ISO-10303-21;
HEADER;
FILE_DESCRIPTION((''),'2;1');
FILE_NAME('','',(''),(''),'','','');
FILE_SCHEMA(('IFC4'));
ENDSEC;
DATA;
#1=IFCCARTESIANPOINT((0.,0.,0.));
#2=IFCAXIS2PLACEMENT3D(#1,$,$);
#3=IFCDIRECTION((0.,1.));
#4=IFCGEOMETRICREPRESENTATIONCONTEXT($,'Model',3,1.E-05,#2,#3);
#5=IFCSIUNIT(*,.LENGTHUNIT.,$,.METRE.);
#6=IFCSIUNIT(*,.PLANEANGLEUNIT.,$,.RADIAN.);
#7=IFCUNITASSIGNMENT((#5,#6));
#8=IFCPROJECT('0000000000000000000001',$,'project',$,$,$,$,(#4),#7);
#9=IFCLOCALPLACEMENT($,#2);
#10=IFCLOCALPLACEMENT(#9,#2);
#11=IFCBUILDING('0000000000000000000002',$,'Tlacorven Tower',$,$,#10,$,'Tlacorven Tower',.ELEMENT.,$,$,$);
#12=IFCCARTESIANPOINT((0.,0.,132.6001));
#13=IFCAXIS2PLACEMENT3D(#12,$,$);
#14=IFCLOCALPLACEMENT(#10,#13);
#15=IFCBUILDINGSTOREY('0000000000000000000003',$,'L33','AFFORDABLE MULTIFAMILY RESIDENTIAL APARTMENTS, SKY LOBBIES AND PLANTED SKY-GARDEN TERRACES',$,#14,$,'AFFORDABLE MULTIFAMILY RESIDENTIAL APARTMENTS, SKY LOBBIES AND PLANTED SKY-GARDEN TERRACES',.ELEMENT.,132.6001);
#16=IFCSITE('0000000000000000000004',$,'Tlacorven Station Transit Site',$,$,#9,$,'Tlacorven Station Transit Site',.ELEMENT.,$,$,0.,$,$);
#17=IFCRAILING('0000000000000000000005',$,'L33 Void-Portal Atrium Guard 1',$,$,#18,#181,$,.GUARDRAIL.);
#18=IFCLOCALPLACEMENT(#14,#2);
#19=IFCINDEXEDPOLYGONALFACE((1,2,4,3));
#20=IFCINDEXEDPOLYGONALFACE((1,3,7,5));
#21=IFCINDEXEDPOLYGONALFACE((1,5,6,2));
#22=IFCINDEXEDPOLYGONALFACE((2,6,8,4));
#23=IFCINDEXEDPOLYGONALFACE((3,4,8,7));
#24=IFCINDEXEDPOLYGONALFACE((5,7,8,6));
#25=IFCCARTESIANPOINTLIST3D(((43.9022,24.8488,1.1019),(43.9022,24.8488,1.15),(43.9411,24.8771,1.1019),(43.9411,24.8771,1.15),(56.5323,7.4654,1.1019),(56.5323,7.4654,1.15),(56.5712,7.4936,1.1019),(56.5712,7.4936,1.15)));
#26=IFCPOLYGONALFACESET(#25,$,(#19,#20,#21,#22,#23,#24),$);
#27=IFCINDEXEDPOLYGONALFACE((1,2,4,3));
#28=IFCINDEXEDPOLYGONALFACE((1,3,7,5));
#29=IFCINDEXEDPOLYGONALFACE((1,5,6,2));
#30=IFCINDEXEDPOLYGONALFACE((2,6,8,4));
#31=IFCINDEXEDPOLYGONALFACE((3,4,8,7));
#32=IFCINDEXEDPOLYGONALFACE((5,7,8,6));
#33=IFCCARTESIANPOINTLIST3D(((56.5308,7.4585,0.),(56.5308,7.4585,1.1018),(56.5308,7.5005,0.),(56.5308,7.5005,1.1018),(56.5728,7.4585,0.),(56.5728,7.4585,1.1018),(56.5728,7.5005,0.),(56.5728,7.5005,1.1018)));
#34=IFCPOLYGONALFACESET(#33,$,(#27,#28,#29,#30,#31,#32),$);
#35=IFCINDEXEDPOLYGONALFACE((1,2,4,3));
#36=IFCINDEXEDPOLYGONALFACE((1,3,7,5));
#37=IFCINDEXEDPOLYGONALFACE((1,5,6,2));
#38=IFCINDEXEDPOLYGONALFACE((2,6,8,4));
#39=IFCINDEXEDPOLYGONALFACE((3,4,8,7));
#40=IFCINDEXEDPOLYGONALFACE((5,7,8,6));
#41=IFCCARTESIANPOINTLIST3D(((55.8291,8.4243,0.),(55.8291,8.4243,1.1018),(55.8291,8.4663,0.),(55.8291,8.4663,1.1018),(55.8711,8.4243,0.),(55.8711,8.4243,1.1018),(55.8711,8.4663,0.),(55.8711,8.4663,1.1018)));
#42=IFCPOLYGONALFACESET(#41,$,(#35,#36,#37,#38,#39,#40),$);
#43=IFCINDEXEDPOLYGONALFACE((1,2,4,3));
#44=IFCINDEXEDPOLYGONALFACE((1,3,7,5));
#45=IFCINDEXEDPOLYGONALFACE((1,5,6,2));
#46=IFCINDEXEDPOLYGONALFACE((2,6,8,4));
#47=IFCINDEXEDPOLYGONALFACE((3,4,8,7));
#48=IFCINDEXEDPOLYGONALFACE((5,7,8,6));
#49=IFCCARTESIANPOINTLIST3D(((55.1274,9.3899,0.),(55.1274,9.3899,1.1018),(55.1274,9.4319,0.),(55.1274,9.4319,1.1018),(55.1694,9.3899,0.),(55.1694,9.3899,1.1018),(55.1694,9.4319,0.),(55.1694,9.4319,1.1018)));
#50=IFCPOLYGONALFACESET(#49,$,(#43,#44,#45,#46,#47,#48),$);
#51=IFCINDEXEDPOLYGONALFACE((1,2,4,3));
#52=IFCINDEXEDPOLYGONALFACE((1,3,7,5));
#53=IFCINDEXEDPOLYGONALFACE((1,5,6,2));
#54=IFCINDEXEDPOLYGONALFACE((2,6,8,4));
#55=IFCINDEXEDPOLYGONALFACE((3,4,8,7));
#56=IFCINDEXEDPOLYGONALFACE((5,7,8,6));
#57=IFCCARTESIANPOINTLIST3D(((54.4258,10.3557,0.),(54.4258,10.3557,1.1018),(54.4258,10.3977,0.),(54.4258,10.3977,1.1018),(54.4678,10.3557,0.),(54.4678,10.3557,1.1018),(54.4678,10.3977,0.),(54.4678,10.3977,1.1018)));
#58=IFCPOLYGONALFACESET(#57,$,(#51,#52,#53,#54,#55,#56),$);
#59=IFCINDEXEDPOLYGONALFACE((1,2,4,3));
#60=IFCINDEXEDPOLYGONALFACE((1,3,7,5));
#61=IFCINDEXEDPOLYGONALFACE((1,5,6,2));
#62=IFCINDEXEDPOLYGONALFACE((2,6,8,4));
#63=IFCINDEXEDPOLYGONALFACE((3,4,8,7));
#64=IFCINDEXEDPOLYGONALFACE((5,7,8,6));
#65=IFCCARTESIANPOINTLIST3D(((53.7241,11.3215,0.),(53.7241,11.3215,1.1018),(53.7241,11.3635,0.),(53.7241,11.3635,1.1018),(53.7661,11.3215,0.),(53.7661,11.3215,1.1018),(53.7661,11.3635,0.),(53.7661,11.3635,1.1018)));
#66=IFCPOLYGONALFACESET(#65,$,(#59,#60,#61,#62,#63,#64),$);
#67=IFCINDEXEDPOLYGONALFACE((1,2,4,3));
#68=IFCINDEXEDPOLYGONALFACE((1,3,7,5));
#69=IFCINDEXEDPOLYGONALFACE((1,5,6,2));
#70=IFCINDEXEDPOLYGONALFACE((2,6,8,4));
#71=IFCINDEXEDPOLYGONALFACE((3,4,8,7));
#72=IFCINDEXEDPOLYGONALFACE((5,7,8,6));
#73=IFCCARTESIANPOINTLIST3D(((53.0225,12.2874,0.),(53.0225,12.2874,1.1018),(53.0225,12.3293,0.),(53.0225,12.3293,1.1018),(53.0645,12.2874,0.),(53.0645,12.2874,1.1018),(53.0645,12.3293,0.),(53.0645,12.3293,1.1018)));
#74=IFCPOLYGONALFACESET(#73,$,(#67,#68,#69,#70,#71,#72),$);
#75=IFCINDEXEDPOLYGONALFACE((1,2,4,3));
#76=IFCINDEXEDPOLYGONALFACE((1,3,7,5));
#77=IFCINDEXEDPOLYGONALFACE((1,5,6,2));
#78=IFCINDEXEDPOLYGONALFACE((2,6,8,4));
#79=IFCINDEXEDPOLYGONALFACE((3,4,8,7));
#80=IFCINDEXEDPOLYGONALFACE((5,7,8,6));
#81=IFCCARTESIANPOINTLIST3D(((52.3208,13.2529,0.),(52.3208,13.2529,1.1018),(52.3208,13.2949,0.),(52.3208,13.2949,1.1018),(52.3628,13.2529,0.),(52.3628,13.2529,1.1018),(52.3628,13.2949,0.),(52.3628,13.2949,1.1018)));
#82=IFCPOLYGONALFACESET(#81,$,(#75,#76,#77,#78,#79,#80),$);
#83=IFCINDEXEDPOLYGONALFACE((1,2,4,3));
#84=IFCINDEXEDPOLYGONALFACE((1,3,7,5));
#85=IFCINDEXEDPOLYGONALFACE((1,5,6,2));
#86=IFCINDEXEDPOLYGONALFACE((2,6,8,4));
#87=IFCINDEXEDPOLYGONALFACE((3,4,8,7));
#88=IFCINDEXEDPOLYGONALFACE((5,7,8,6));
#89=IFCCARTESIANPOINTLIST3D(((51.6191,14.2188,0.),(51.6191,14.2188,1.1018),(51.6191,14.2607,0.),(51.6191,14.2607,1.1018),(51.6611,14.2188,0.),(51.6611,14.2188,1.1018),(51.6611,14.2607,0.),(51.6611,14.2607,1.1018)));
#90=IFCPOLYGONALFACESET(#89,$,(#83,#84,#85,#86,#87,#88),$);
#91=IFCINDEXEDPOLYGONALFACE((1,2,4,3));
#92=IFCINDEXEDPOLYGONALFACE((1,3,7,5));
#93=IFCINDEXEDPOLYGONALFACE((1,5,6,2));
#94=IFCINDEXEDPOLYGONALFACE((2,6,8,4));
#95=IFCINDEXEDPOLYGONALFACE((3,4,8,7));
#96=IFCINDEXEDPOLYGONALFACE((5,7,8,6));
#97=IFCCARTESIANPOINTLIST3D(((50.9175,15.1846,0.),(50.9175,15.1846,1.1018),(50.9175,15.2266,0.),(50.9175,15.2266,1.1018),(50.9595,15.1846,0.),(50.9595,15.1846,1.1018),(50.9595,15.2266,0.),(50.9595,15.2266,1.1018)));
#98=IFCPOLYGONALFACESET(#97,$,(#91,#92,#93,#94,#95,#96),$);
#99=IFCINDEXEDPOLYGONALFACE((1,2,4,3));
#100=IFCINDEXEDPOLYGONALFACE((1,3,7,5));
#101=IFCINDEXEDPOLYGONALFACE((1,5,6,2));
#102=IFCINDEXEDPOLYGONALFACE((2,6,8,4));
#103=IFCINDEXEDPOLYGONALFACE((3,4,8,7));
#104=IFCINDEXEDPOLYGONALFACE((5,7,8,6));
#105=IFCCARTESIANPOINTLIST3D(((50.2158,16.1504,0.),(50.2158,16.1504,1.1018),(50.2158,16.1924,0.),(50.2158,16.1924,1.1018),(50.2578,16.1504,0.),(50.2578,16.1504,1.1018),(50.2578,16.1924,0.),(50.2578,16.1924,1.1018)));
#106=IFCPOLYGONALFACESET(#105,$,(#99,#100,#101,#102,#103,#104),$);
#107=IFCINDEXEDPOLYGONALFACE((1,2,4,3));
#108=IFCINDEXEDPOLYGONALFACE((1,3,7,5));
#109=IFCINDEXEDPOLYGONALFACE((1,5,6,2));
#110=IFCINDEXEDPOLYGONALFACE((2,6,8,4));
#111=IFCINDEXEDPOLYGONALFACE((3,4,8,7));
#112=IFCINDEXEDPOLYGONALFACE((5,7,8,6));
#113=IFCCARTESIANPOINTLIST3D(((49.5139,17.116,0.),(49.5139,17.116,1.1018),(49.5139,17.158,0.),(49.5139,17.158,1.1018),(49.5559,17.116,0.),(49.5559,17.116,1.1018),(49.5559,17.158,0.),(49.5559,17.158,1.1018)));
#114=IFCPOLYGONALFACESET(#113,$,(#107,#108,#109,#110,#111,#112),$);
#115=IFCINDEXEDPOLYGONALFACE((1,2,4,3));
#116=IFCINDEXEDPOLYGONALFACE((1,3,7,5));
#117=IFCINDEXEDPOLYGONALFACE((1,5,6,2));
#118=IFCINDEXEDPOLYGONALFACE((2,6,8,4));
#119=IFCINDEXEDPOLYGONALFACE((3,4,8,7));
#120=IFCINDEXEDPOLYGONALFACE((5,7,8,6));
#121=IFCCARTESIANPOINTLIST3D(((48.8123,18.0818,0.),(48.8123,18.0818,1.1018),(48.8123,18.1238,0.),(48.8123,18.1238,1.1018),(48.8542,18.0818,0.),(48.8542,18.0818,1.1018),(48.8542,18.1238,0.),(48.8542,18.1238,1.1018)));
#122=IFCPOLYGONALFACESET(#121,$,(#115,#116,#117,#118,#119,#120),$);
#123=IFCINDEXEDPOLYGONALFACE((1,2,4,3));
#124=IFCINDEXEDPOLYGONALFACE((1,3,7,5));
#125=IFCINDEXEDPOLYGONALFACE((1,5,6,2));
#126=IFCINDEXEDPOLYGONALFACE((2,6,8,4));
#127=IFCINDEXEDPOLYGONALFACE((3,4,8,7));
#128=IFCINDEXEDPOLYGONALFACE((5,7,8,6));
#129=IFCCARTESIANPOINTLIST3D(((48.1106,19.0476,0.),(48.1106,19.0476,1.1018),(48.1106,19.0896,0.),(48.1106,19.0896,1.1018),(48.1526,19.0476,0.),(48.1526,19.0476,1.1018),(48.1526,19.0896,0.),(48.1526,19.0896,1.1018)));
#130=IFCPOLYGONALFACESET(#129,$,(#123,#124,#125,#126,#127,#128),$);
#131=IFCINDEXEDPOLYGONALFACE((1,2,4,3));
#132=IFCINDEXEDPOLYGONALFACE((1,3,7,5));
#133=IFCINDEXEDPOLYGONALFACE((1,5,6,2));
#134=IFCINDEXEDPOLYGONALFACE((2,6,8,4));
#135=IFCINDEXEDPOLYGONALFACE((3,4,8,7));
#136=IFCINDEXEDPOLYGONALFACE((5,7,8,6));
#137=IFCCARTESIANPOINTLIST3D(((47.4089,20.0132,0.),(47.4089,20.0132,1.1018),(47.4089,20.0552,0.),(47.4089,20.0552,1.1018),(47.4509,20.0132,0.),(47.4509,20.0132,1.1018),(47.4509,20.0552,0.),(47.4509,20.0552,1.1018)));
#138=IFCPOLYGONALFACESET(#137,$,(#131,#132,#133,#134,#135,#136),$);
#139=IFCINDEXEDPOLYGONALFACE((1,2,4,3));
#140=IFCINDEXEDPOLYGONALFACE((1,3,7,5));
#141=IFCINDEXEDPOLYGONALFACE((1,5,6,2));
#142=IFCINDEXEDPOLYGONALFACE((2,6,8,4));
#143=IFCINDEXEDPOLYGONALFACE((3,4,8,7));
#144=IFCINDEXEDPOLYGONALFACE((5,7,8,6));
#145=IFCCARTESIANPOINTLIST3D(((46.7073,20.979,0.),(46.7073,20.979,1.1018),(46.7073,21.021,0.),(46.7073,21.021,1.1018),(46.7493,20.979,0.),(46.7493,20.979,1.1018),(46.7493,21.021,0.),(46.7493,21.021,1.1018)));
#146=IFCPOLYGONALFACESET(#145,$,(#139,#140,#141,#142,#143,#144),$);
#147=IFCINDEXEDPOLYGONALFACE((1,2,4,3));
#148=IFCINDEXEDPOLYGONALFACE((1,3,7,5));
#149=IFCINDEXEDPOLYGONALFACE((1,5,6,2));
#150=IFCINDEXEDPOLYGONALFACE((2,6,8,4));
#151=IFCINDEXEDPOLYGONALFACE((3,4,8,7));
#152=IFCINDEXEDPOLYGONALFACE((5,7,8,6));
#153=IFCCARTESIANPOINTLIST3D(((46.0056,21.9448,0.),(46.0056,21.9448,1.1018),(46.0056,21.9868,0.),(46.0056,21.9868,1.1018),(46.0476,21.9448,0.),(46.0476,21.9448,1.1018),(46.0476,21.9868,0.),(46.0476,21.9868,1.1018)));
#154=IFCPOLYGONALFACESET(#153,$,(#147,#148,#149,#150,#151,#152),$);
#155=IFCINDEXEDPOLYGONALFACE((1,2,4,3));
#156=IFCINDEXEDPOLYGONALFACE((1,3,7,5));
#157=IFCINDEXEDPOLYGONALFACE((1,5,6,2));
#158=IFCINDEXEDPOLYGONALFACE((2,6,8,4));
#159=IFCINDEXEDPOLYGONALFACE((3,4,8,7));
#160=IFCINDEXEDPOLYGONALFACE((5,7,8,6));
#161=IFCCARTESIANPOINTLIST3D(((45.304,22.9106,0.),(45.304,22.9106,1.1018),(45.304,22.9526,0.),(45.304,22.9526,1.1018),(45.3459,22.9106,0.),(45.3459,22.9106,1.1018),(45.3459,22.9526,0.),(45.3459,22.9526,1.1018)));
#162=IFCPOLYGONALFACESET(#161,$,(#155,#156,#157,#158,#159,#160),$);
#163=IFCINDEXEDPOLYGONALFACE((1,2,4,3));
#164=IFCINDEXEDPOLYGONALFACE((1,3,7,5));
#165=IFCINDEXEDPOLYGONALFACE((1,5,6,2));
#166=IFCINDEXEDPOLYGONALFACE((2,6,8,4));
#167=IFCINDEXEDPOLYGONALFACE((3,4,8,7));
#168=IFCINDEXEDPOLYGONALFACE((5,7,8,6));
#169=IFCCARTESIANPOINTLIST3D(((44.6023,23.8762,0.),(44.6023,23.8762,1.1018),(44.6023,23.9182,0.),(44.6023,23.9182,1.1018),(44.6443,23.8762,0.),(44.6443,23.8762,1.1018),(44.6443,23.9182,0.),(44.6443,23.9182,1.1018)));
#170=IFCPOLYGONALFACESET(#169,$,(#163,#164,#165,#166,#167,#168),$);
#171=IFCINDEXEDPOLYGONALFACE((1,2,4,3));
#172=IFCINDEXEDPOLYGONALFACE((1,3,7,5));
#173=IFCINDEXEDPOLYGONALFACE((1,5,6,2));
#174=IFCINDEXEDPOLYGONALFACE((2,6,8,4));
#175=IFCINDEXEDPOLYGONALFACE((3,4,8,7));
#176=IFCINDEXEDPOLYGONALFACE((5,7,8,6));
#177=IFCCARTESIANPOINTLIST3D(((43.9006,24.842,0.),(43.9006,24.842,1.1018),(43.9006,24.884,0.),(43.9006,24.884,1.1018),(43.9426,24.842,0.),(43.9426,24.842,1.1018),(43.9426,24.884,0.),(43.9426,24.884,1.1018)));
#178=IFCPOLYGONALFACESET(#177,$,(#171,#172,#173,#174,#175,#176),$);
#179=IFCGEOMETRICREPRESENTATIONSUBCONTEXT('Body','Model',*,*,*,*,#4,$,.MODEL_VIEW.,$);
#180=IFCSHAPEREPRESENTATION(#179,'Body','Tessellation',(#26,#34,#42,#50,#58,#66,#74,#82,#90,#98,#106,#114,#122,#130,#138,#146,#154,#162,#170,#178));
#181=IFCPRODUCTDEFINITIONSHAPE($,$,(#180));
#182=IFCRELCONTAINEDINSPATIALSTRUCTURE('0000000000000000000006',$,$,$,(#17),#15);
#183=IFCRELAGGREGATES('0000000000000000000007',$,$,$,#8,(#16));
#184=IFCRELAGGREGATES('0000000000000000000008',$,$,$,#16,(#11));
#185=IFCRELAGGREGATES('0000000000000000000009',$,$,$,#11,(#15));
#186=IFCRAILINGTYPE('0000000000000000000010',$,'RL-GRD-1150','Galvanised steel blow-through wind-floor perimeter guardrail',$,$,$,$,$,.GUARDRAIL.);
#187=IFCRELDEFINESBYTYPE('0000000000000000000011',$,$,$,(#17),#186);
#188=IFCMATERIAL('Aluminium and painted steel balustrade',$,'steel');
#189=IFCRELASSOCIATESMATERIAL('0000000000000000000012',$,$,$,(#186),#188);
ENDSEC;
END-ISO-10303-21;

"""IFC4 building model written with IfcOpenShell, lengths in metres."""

from ifc_helpers import new_model, si_unit, direction, frame, origin, origin_2d, place, context, subcontext, project, spatial, rectangle, extrude, source, transform, mapped, material, type_object, element, save


model = new_model("IFC4")

# Units and contexts
model_context = context("Model", 3, precision=1e-05, world=origin(), true_north=direction((0.0, 1.0)))
body_context = subcontext(model_context, "Body", "Model", "MODEL_VIEW")
ifc_project = project(units=[si_unit("LENGTHUNIT", "METRE"), si_unit("PLANEANGLEUNIT", "RADIAN")], contexts=[model_context])

# Site, building, storey
site_placement = place(None, origin())
site = spatial("IfcSite", under=ifc_project, at=site_placement, Name="Tlacorven Station Transit Site", LongName="Tlacorven Station Transit Site", CompositionType="ELEMENT", RefElevation=0.0)
building_placement = place(site_placement, origin())
building = spatial("IfcBuilding", under=site, at=building_placement, Name="Tlacorven Tower", LongName="Tlacorven Tower", CompositionType="ELEMENT")
storey_placement = place(building_placement, frame((0.0, 0.0, 132.6001)))
storey = spatial("IfcBuildingStorey", under=building, at=storey_placement, Name="L33", Description="AFFORDABLE MULTIFAMILY RESIDENTIAL APARTMENTS, SKY LOBBIES AND PLANTED SKY-GARDEN TERRACES", LongName="AFFORDABLE MULTIFAMILY RESIDENTIAL APARTMENTS, SKY LOBBIES AND PLANTED SKY-GARDEN TERRACES", CompositionType="ELEMENT", Elevation=132.6001)

# Railing
ifc_material_1 = material(Name="Aluminium and painted steel balustrade", Category="steel")
railing_type_1 = type_object("IfcRailingType", Name="RL-GRD-1150", Description="Galvanised steel blow-through wind-floor perimeter guardrail", PredefinedType="GUARDRAIL", material=ifc_material_1)
shared_shape_1 = source(origin(), body_context, "Body", "SweptSolid", [
    extrude(rectangle(XDim=0.0481, YDim=0.0481, at=origin_2d()), frame((0.0, 0.0, 1.126), z_axis=(-0.587793, 0.809012, 0.0), x_axis=(-0.809012, -0.587793, 0.0)), (0.0, 0.0, 1.0), 21.4873),
    extrude(rectangle(XDim=0.042, YDim=0.042, at=origin_2d()), origin(), (0.0, 0.0, 1.0), 1.1018),
    extrude(rectangle(XDim=0.042, YDim=0.042, at=origin_2d()), frame((-0.7017, 0.9658, 0.0)), (0.0, 0.0, 1.0), 1.1018),
    extrude(rectangle(XDim=0.042, YDim=0.042, at=origin_2d()), frame((-1.4033, 1.9314, 0.0)), (0.0, 0.0, 1.0), 1.1018),
    extrude(rectangle(XDim=0.042, YDim=0.042, at=origin_2d()), frame((-2.105, 2.8972, 0.0)), (0.0, 0.0, 1.0), 1.1018),
    extrude(rectangle(XDim=0.042, YDim=0.042, at=origin_2d()), frame((-2.8066, 3.863, 0.0)), (0.0, 0.0, 1.0), 1.1018),
    extrude(rectangle(XDim=0.042, YDim=0.042, at=origin_2d()), frame((-3.5083, 4.8289, 0.0)), (0.0, 0.0, 1.0), 1.1018),
    extrude(rectangle(XDim=0.042, YDim=0.042, at=origin_2d()), frame((-4.21, 5.7944, 0.0)), (0.0, 0.0, 1.0), 1.1018),
    extrude(rectangle(XDim=0.042, YDim=0.042, at=origin_2d()), frame((-4.9116, 6.7603, 0.0)), (0.0, 0.0, 1.0), 1.1018),
    extrude(rectangle(XDim=0.042, YDim=0.042, at=origin_2d()), frame((-5.6133, 7.7261, 0.0)), (0.0, 0.0, 1.0), 1.1018),
    extrude(rectangle(XDim=0.042, YDim=0.042, at=origin_2d()), frame((-6.3149, 8.6919, 0.0)), (0.0, 0.0, 1.0), 1.1018),
    extrude(rectangle(XDim=0.042, YDim=0.042, at=origin_2d()), frame((-7.0168, 9.6575, 0.0)), (0.0, 0.0, 1.0), 1.1018),
    extrude(rectangle(XDim=0.042, YDim=0.042, at=origin_2d()), frame((-7.7185, 10.6233, 0.0)), (0.0, 0.0, 1.0), 1.1018),
    extrude(rectangle(XDim=0.042, YDim=0.042, at=origin_2d()), frame((-8.4202, 11.5891, 0.0)), (0.0, 0.0, 1.0), 1.1018),
    extrude(rectangle(XDim=0.042, YDim=0.042, at=origin_2d()), frame((-9.1218, 12.5547, 0.0)), (0.0, 0.0, 1.0), 1.1018),
    extrude(rectangle(XDim=0.042, YDim=0.042, at=origin_2d()), frame((-9.8235, 13.5205, 0.0)), (0.0, 0.0, 1.0), 1.1018),
    extrude(rectangle(XDim=0.042, YDim=0.042, at=origin_2d()), frame((-10.5251, 14.4863, 0.0)), (0.0, 0.0, 1.0), 1.1018),
    extrude(rectangle(XDim=0.042, YDim=0.042, at=origin_2d()), frame((-11.2268, 15.4521, 0.0)), (0.0, 0.0, 1.0), 1.1018),
    extrude(rectangle(XDim=0.042, YDim=0.042, at=origin_2d()), frame((-11.9285, 16.4177, 0.0)), (0.0, 0.0, 1.0), 1.1018),
    extrude(rectangle(XDim=0.042, YDim=0.042, at=origin_2d()), frame((-12.6301, 17.3835, 0.0)), (0.0, 0.0, 1.0), 1.1018),
])
railing_1_placement = place(storey_placement, frame((56.5518, 7.4795, 0.0)))
element("IfcRailing", 1, at=railing_1_placement, inside=storey, type_object=railing_type_1, Name="L33 Void-Portal Atrium Guard 1", PredefinedType="GUARDRAIL", context=body_context, shape_type="MappedRepresentation", body=[
    mapped(shared_shape_1, transform((0.0, 0.0, 0.0), scale=1.0)),
])

save(model, "model.ifc")
